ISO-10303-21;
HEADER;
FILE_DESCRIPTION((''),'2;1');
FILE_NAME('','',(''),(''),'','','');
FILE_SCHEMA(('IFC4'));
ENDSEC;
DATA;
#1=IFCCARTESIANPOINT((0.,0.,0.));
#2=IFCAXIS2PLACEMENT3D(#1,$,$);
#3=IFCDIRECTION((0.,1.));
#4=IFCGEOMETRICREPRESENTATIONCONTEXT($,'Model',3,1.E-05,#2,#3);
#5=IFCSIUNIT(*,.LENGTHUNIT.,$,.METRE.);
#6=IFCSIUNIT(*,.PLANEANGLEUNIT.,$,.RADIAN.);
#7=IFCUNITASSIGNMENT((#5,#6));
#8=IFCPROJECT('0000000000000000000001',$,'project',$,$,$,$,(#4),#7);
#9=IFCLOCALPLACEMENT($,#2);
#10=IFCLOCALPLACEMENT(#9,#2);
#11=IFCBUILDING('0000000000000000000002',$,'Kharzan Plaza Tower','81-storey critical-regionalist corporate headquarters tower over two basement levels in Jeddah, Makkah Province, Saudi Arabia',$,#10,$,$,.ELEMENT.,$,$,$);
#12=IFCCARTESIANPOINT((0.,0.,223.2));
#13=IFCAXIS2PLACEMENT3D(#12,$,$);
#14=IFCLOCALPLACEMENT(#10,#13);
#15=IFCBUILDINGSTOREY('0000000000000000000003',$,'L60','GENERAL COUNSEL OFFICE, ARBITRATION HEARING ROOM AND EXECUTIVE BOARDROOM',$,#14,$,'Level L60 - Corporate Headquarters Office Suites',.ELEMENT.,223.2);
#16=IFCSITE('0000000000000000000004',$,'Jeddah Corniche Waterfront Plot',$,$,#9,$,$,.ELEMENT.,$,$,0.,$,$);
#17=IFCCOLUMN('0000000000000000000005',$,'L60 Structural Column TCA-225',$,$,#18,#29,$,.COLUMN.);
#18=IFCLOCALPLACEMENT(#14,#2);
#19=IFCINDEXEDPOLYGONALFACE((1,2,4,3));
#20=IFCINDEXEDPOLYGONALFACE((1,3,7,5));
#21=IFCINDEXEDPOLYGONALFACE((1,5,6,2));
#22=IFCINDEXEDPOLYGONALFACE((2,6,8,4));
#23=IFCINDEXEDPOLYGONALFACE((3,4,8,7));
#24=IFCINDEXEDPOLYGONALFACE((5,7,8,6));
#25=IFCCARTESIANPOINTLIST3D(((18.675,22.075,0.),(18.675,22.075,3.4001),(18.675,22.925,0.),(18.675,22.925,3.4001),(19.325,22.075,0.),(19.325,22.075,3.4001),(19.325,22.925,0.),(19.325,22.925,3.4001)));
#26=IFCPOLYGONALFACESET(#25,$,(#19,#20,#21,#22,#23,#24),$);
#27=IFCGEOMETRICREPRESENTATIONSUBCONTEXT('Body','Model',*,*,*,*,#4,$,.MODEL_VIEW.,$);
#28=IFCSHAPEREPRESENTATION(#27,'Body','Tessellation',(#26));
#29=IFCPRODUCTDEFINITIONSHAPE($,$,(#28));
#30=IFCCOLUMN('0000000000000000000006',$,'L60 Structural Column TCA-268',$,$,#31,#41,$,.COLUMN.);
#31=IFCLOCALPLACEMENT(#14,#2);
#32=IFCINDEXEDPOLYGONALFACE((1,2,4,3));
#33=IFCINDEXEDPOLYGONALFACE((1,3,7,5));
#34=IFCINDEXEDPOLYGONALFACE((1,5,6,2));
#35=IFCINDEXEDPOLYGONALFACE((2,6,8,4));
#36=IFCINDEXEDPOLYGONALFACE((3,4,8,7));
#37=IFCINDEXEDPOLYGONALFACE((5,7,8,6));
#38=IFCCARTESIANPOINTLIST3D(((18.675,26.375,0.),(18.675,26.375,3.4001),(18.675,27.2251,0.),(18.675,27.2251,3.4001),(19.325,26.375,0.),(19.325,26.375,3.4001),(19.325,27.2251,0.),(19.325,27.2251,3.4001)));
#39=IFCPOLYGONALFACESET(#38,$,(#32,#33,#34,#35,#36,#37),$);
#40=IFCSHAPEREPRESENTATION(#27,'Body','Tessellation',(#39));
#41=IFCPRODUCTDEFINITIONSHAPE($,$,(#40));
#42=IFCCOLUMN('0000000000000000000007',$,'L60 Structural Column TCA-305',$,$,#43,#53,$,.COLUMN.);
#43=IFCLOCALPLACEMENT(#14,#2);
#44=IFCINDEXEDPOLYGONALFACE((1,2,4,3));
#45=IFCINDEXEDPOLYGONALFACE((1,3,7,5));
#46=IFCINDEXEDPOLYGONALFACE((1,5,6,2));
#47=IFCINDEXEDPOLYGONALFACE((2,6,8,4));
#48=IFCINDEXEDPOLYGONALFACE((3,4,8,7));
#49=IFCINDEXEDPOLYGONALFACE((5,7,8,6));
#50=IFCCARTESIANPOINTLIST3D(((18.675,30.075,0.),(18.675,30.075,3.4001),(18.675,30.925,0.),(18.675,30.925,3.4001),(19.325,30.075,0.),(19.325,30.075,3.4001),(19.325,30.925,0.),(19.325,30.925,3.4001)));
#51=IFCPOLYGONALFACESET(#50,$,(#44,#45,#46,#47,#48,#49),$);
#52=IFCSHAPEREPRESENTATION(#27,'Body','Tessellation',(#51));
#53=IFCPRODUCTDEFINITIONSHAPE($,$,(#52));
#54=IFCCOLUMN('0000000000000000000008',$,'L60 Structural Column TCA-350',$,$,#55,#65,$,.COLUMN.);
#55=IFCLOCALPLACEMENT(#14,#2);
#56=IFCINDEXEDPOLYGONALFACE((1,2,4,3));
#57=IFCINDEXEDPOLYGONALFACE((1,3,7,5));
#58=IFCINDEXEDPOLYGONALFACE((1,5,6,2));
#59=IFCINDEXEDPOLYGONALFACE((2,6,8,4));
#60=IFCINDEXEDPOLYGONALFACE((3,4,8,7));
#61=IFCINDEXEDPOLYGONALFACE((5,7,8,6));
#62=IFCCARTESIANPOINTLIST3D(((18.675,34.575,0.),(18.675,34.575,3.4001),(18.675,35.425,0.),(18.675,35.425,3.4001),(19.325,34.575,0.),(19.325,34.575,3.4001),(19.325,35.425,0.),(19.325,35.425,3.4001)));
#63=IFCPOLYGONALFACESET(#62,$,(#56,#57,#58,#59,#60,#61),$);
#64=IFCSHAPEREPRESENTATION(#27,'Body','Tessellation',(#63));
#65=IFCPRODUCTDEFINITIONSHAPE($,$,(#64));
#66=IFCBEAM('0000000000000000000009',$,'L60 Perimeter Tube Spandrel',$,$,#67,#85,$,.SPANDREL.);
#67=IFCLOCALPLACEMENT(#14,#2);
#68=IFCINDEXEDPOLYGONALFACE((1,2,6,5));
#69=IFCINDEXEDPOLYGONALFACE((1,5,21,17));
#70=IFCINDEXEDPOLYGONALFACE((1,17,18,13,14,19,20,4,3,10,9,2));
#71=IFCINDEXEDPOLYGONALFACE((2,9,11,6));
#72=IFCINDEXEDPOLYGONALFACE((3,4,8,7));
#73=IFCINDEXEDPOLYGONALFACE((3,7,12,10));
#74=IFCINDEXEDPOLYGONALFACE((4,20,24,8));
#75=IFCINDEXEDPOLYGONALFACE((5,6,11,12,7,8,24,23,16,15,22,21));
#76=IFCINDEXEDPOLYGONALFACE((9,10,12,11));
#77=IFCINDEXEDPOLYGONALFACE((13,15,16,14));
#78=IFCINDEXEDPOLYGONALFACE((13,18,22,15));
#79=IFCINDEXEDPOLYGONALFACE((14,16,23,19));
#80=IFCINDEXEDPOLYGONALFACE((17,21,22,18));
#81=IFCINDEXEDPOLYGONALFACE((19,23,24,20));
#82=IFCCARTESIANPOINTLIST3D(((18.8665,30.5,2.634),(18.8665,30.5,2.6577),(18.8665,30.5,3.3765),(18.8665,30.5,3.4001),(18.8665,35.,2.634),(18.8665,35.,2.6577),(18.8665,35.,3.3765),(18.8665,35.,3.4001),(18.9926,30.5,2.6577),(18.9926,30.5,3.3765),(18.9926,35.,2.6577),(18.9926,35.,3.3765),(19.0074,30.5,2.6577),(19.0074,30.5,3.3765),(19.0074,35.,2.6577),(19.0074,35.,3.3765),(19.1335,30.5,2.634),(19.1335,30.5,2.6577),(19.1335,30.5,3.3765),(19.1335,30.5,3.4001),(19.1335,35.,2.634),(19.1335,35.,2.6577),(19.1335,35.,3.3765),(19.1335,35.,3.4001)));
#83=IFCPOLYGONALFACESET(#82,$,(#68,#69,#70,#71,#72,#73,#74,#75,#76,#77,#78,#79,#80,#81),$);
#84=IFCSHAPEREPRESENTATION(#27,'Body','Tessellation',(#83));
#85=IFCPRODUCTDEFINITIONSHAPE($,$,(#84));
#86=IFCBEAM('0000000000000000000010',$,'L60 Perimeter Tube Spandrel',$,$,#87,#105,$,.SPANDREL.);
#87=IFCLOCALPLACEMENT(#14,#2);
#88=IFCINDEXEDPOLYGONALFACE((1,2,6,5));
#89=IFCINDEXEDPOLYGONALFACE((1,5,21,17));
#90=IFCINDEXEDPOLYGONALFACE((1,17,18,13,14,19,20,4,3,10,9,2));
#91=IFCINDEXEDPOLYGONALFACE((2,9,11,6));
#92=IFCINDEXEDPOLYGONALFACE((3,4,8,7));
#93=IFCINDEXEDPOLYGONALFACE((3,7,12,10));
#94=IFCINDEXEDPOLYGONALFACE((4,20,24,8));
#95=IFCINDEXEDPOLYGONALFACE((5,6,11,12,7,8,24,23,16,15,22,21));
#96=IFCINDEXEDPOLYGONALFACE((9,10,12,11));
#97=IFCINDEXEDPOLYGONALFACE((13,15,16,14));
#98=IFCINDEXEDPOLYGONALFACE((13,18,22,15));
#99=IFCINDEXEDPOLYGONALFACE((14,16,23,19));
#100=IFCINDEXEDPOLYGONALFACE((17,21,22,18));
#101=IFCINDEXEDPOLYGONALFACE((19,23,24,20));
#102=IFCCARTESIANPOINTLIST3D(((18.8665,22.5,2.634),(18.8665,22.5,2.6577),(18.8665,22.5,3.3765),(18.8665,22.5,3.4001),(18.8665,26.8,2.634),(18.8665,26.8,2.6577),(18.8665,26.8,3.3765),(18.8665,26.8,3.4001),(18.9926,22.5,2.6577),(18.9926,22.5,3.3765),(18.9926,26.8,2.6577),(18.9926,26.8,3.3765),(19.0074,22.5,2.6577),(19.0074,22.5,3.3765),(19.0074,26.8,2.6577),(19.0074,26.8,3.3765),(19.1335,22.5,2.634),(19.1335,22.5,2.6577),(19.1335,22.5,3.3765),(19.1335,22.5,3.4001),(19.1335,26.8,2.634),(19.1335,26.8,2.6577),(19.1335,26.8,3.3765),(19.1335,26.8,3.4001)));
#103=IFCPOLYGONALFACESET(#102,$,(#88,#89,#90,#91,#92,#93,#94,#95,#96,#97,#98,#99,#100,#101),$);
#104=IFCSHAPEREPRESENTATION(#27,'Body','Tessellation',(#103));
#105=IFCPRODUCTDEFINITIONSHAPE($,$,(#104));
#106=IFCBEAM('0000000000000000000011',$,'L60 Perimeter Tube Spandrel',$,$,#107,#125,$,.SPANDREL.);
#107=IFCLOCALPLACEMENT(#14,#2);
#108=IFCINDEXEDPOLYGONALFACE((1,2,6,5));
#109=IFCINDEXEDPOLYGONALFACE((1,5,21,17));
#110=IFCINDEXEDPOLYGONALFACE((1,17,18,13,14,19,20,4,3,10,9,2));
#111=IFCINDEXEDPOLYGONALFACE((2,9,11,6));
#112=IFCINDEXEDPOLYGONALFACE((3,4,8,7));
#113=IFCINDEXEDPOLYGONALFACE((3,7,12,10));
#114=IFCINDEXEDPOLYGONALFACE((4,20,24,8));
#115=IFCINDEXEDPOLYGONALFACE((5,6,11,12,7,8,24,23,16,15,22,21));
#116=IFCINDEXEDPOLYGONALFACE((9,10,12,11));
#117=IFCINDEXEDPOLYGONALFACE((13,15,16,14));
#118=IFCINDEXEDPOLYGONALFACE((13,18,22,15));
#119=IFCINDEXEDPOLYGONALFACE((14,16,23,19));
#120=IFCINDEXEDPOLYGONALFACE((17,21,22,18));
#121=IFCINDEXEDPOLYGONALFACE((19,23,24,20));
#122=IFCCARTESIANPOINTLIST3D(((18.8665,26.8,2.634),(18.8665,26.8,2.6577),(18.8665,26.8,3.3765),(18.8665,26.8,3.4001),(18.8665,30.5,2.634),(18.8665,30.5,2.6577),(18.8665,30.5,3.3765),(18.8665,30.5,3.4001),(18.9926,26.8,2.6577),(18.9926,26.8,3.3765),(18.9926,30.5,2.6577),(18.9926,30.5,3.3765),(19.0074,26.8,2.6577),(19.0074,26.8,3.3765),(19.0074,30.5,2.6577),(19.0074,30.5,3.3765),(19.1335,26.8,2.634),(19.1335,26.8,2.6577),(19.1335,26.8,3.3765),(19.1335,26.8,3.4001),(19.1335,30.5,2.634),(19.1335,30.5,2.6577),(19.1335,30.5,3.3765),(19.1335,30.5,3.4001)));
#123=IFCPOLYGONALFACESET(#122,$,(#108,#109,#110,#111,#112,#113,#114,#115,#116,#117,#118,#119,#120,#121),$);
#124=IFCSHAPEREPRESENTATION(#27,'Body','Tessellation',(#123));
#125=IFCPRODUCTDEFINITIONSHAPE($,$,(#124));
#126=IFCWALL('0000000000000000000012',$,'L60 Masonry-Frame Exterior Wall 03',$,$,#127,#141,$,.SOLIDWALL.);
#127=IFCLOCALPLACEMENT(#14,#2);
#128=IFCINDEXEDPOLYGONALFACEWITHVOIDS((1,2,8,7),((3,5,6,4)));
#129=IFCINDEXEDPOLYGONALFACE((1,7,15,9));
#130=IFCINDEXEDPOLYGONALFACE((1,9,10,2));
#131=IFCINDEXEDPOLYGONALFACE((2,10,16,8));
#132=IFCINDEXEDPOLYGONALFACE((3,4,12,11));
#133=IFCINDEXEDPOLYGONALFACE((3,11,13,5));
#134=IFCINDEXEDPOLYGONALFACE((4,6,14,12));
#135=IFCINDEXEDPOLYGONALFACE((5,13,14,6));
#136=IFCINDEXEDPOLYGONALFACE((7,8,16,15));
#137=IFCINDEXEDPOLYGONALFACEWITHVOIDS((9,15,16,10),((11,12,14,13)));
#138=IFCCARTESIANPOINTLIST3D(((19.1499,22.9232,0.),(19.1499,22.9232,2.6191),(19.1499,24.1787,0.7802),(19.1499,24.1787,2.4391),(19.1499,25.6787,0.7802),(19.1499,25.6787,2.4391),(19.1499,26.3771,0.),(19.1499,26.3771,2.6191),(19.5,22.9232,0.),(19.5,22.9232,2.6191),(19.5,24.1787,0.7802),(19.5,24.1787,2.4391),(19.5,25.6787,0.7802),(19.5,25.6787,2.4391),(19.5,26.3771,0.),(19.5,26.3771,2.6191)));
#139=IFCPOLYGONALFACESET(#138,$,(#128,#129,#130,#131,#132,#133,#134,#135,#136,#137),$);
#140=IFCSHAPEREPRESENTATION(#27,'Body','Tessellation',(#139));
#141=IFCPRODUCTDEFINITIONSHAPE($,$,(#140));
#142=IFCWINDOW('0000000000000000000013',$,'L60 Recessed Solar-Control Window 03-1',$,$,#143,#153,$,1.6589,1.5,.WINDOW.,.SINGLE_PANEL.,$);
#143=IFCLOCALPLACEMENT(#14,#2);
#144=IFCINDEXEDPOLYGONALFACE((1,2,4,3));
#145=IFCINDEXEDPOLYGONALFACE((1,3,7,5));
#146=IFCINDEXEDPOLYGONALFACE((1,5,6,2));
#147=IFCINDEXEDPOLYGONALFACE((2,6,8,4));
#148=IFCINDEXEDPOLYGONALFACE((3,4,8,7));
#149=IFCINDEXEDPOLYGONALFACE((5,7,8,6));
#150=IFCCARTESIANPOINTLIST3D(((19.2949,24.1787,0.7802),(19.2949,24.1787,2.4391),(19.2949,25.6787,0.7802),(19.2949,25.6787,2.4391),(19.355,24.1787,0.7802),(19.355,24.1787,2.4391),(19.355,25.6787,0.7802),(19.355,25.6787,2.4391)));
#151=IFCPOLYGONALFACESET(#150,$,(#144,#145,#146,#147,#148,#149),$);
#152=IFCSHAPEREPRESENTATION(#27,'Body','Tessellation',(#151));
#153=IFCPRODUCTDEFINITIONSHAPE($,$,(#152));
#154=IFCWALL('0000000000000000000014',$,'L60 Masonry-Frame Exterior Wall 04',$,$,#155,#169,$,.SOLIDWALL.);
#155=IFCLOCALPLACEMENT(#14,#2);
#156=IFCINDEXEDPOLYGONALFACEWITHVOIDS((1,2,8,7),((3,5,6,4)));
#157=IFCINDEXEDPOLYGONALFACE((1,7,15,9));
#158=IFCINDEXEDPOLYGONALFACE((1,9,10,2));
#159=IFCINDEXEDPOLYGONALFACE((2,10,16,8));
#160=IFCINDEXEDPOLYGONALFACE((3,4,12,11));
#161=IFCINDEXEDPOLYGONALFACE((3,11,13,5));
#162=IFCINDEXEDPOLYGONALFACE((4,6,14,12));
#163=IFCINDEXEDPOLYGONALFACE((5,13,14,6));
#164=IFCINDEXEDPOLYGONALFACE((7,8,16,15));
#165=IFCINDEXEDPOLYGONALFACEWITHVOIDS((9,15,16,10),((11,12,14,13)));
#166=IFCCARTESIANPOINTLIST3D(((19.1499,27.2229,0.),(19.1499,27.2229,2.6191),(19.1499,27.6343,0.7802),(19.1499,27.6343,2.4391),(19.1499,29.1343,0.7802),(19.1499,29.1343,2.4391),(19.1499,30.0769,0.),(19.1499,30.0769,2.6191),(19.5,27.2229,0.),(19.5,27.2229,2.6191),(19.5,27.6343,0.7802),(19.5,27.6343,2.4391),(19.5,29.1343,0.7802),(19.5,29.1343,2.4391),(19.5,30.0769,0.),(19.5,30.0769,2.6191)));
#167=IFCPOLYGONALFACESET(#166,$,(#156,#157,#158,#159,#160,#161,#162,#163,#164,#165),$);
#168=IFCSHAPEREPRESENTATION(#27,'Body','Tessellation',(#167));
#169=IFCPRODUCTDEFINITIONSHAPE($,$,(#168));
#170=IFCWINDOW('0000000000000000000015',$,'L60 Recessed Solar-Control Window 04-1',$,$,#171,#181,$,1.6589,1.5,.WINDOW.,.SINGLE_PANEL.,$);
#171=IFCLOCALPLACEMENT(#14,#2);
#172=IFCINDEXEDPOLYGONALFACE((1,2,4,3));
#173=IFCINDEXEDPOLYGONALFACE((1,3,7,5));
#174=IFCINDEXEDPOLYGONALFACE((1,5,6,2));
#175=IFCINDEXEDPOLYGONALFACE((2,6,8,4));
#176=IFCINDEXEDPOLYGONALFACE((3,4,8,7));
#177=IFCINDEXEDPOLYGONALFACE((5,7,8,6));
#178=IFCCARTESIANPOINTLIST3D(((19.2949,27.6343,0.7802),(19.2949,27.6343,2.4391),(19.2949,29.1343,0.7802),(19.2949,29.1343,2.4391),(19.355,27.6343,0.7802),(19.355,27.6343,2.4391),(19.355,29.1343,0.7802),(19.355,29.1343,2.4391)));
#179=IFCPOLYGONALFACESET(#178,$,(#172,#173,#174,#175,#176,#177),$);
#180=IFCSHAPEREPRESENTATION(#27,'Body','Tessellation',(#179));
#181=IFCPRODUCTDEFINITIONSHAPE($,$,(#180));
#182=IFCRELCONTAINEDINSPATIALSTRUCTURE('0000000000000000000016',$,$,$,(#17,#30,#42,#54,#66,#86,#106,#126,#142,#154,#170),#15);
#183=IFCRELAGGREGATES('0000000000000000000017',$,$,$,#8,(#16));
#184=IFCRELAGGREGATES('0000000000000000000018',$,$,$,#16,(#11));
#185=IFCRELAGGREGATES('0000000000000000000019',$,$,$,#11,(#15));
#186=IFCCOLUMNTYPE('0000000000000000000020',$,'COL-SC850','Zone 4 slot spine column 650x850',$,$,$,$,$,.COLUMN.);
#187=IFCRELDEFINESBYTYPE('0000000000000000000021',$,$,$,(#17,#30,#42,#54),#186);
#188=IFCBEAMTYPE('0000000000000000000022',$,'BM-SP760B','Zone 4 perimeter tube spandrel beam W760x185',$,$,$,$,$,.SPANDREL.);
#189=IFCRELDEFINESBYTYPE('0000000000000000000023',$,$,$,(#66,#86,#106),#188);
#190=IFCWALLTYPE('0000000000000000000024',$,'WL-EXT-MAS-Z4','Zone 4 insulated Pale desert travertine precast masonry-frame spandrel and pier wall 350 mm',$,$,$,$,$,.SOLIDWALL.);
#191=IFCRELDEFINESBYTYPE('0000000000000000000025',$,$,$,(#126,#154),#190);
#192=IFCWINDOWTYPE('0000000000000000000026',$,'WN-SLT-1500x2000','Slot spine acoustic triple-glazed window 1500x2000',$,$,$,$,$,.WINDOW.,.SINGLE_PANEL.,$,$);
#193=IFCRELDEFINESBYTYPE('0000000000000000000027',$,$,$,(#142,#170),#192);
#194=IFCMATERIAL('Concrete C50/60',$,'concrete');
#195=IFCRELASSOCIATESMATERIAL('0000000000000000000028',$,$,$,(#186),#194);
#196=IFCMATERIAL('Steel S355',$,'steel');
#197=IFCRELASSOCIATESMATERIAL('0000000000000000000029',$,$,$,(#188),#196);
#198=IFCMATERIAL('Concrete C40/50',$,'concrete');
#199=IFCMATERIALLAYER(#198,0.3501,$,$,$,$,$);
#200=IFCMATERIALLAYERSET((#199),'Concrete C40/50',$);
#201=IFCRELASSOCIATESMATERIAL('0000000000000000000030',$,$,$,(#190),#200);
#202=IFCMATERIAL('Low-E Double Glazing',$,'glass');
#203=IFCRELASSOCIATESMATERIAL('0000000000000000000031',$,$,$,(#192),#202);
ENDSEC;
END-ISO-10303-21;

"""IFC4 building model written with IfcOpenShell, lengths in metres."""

from ifc_helpers import new_model, si_unit, direction, frame, frame_2d, origin, origin_2d, place, context, subcontext, project, spatial, rectangle, i_section, extrude, source, transform, mapped, material, layer, layer_set, material_profile, profile_set, type_object, element, fill, save


model = new_model("IFC4")

# Units and contexts
model_context = context("Model", 3, precision=1e-05, world=origin(), true_north=direction((0.0, 1.0)))
body_context = subcontext(model_context, "Body", "Model", "MODEL_VIEW")
ifc_project = project(units=[si_unit("LENGTHUNIT", "METRE"), si_unit("PLANEANGLEUNIT", "RADIAN")], contexts=[model_context])

# Site, building, storey
site_placement = place(None, origin())
site = spatial("IfcSite", under=ifc_project, at=site_placement, Name="Jeddah Corniche Waterfront Plot", CompositionType="ELEMENT", RefElevation=0.0)
building_placement = place(site_placement, origin())
building = spatial("IfcBuilding", under=site, at=building_placement, Name="Kharzan Plaza Tower", Description="81-storey critical-regionalist corporate headquarters tower over two basement levels in Jeddah, Makkah Province, Saudi Arabia", CompositionType="ELEMENT")
storey_placement = place(building_placement, frame((0.0, 0.0, 223.2)))
storey = spatial("IfcBuildingStorey", under=building, at=storey_placement, Name="L60", Description="GENERAL COUNSEL OFFICE, ARBITRATION HEARING ROOM AND EXECUTIVE BOARDROOM", LongName="Level L60 - Corporate Headquarters Office Suites", CompositionType="ELEMENT", Elevation=223.2)

# Columns
ifc_material_1 = material(Name="Concrete C50/60", Category="concrete")
ifc_material_profile_1 = material_profile(ifc_material_1, rectangle(XDim=0.6499, YDim=0.8501, at=origin_2d()), Name="RC-SC850x650")
ifc_profile_set_1 = profile_set([ifc_material_profile_1], Name="Concrete C50/60")
column_type = type_object("IfcColumnType", Name="COL-SC850", Description="Zone 4 slot spine column 650x850", PredefinedType="COLUMN", material=ifc_profile_set_1)
shared_shape_1 = source(origin(), body_context, "Body", "SweptSolid", [
    extrude(rectangle(XDim=0.6499, YDim=0.8501, at=origin_2d()), origin(), (0.0, 0.0, 1.0), 3.4001),
])
for number, where, z_axis, x_axis, name in (
    (1, (19.0, 22.5, 0.0), (0.0, 0.0, 1.0), (1.0, 0.0, 0.0), "L60 Structural Column TCA-225"),
    (2, (19.0, 26.8, 0.0), (0.0, 0.0, 1.0), (1.0, 0.0, 0.0), "L60 Structural Column TCA-268"),
    (3, (19.0, 30.5, 0.0), (0.0, 0.0, 1.0), (1.0, 0.0, 0.0), "L60 Structural Column TCA-305"),
    (4, (19.0, 35.0, 0.0), (0.0, 0.0, 1.0), (1.0, 0.0, 0.0), "L60 Structural Column TCA-350"),
):
    element("IfcColumn", number, at=place(storey_placement, frame(where, z_axis=z_axis, x_axis=x_axis)), inside=storey, type_object=column_type, Name=name, PredefinedType="COLUMN", context=body_context, shape_type="MappedRepresentation", body=[
        mapped(shared_shape_1, transform((0.0, 0.0, 0.0), x_axis=(1.0, 0.0, 0.0), y_axis=(0.0, 1.0, 0.0), z_axis=(0.0, 0.0, 1.0))),
    ])

# Beams
ifc_material_2 = material(Name="Steel S355", Category="steel")
ifc_material_profile_2 = material_profile(ifc_material_2, i_section(OverallWidth=0.2671, OverallDepth=0.7661, WebThickness=0.0149, FlangeThickness=0.0237, at=origin_2d()), Name="W760x185")
ifc_profile_set_2 = profile_set([ifc_material_profile_2], Name="Steel S355")
beam_type = type_object("IfcBeamType", Name="BM-SP760B", Description="Zone 4 perimeter tube spandrel beam W760x185", PredefinedType="SPANDREL", material=ifc_profile_set_2)
shared_shape_2 = source(origin(), body_context, "Body", "SweptSolid", [
    extrude(i_section(OverallWidth=0.2671, OverallDepth=0.7661, WebThickness=0.0149, FlangeThickness=0.0237, at=origin_2d()), origin(), (0.0, 0.0, 1.0), 4.5),
])
beam_1_placement = place(storey_placement, frame((19.0, 30.5, 3.0171), z_axis=(0.0, 1.0, 0.0), x_axis=(-1.0, 0.0, 0.0)))
element("IfcBeam", 5, at=beam_1_placement, inside=storey, type_object=beam_type, Name="L60 Perimeter Tube Spandrel", PredefinedType="SPANDREL", context=body_context, shape_type="MappedRepresentation", body=[
    mapped(shared_shape_2, transform((0.0, 0.0, 0.0), x_axis=(1.0, 0.0, 0.0), y_axis=(0.0, 1.0, 0.0), z_axis=(0.0, 0.0, 1.0))),
])
shared_shape_3 = source(origin(), body_context, "Body", "SweptSolid", [
    extrude(i_section(OverallWidth=0.2671, OverallDepth=0.7661, WebThickness=0.0149, FlangeThickness=0.0237, at=origin_2d()), origin(), (0.0, 0.0, 1.0), 4.3),
])
beam_2_placement = place(storey_placement, frame((19.0, 22.5, 3.0171), z_axis=(0.0, 1.0, 0.0), x_axis=(-1.0, 0.0, 0.0)))
element("IfcBeam", 6, at=beam_2_placement, inside=storey, type_object=beam_type, Name="L60 Perimeter Tube Spandrel", PredefinedType="SPANDREL", context=body_context, shape_type="MappedRepresentation", body=[
    mapped(shared_shape_3, transform((0.0, 0.0, 0.0), x_axis=(1.0, 0.0, 0.0), y_axis=(0.0, 1.0, 0.0), z_axis=(0.0, 0.0, 1.0))),
])
shared_shape_4 = source(origin(), body_context, "Body", "SweptSolid", [
    extrude(i_section(OverallWidth=0.2671, OverallDepth=0.7661, WebThickness=0.0149, FlangeThickness=0.0237, at=origin_2d()), origin(), (0.0, 0.0, 1.0), 3.7),
])
beam_3_placement = place(storey_placement, frame((19.0, 26.8, 3.0171), z_axis=(0.0, 1.0, 0.0), x_axis=(-1.0, 0.0, 0.0)))
element("IfcBeam", 7, at=beam_3_placement, inside=storey, type_object=beam_type, Name="L60 Perimeter Tube Spandrel", PredefinedType="SPANDREL", context=body_context, shape_type="MappedRepresentation", body=[
    mapped(shared_shape_4, transform((0.0, 0.0, 0.0), x_axis=(1.0, 0.0, 0.0), y_axis=(0.0, 1.0, 0.0), z_axis=(0.0, 0.0, 1.0))),
])

# Walls, openings, windows
ifc_material_3 = material(Name="Concrete C40/50", Category="concrete")
ifc_layer_1 = layer(ifc_material_3, 0.3501)
ifc_layer_set_1 = layer_set([ifc_layer_1], Name="Concrete C40/50")
wall_type_1 = type_object("IfcWallType", Name="WL-EXT-MAS-Z4", Description="Zone 4 insulated Pale desert travertine precast masonry-frame spandrel and pier wall 350 mm", PredefinedType="SOLIDWALL", material=ifc_layer_set_1)
wall_1_placement = place(storey_placement, frame((19.325, 22.9231, 0.0), z_axis=(0.0, 0.0, 1.0), x_axis=(0.0, 1.0, 0.0)))
wall_1 = element("IfcWall", 8, at=wall_1_placement, inside=storey, type_object=wall_type_1, Name="L60 Masonry-Frame Exterior Wall 03", PredefinedType="SOLIDWALL", context=body_context, shape_type="SweptSolid", body=[
    extrude(rectangle(XDim=3.4539, YDim=0.3501, at=frame_2d((1.7271, 0.0))), origin(), (0.0, 0.0, 1.0), 2.6191),
])
opening_1_placement = place(wall_1_placement, frame((1.2556, 0.0, 0.78)))
opening_1 = element("IfcOpeningElement", 9, at=opening_1_placement, cuts=wall_1, PredefinedType="OPENING", context=body_context, shape_type="SweptSolid", body=[
    extrude(rectangle(XDim=1.5, YDim=1.6589, at=frame_2d((0.75, 0.8296))), frame((0.0, 0.1851, 0.0), z_axis=(0.0, -1.0, 0.0), x_axis=(1.0, 0.0, 0.0)), (0.0, 0.0, 1.0), 0.3701),
])
ifc_material_4 = material(Name="Low-E Double Glazing", Category="glass")
window_type_1 = type_object("IfcWindowType", Name="WN-SLT-1500x2000", Description="Slot spine acoustic triple-glazed window 1500x2000", PartitioningType="SINGLE_PANEL", PredefinedType="WINDOW", material=ifc_material_4)
shared_shape_5 = source(origin(), body_context, "Body", "SweptSolid", [
    extrude(rectangle(XDim=1.5, YDim=1.6589, at=frame_2d((0.75, 0.8296))), frame((0.0, 0.03, 0.0), z_axis=(0.0, -1.0, 0.0), x_axis=(1.0, 0.0, 0.0)), (0.0, 0.0, 1.0), 0.0601),
])
window_1_placement = place(opening_1_placement, origin())
window_1 = element("IfcWindow", 10, at=window_1_placement, inside=storey, type_object=window_type_1, Name="L60 Recessed Solar-Control Window 03-1", OverallHeight=1.6589, OverallWidth=1.5, PartitioningType="SINGLE_PANEL", PredefinedType="WINDOW", context=body_context, shape_type="MappedRepresentation", body=[
    mapped(shared_shape_5, transform((0.0, 0.0, 0.0), x_axis=(1.0, 0.0, 0.0), y_axis=(0.0, 1.0, 0.0), z_axis=(0.0, 0.0, 1.0))),
])
fill(opening_1, window_1)
wall_2_placement = place(storey_placement, frame((19.325, 27.2229, 0.0), z_axis=(0.0, 0.0, 1.0), x_axis=(0.0, 1.0, 0.0)))
wall_2 = element("IfcWall", 11, at=wall_2_placement, inside=storey, type_object=wall_type_1, Name="L60 Masonry-Frame Exterior Wall 04", PredefinedType="SOLIDWALL", context=body_context, shape_type="SweptSolid", body=[
    extrude(rectangle(XDim=2.854, YDim=0.3501, at=frame_2d((1.427, 0.0))), origin(), (0.0, 0.0, 1.0), 2.6191),
])
opening_2_placement = place(wall_2_placement, frame((0.4114, 0.0, 0.78)))
opening_2 = element("IfcOpeningElement", 12, at=opening_2_placement, cuts=wall_2, PredefinedType="OPENING", context=body_context, shape_type="SweptSolid", body=[
    extrude(rectangle(XDim=1.5, YDim=1.6589, at=frame_2d((0.75, 0.8296))), frame((0.0, 0.1851, 0.0), z_axis=(0.0, -1.0, 0.0), x_axis=(1.0, 0.0, 0.0)), (0.0, 0.0, 1.0), 0.3701),
])
window_2_placement = place(opening_2_placement, origin())
window_2 = element("IfcWindow", 13, at=window_2_placement, inside=storey, type_object=window_type_1, Name="L60 Recessed Solar-Control Window 04-1", OverallHeight=1.6589, OverallWidth=1.5, PartitioningType="SINGLE_PANEL", PredefinedType="WINDOW", context=body_context, shape_type="MappedRepresentation", body=[
    mapped(shared_shape_5, transform((0.0, 0.0, 0.0), x_axis=(1.0, 0.0, 0.0), y_axis=(0.0, 1.0, 0.0), z_axis=(0.0, 0.0, 1.0))),
])
fill(opening_2, window_2)

save(model, "model.ifc")
